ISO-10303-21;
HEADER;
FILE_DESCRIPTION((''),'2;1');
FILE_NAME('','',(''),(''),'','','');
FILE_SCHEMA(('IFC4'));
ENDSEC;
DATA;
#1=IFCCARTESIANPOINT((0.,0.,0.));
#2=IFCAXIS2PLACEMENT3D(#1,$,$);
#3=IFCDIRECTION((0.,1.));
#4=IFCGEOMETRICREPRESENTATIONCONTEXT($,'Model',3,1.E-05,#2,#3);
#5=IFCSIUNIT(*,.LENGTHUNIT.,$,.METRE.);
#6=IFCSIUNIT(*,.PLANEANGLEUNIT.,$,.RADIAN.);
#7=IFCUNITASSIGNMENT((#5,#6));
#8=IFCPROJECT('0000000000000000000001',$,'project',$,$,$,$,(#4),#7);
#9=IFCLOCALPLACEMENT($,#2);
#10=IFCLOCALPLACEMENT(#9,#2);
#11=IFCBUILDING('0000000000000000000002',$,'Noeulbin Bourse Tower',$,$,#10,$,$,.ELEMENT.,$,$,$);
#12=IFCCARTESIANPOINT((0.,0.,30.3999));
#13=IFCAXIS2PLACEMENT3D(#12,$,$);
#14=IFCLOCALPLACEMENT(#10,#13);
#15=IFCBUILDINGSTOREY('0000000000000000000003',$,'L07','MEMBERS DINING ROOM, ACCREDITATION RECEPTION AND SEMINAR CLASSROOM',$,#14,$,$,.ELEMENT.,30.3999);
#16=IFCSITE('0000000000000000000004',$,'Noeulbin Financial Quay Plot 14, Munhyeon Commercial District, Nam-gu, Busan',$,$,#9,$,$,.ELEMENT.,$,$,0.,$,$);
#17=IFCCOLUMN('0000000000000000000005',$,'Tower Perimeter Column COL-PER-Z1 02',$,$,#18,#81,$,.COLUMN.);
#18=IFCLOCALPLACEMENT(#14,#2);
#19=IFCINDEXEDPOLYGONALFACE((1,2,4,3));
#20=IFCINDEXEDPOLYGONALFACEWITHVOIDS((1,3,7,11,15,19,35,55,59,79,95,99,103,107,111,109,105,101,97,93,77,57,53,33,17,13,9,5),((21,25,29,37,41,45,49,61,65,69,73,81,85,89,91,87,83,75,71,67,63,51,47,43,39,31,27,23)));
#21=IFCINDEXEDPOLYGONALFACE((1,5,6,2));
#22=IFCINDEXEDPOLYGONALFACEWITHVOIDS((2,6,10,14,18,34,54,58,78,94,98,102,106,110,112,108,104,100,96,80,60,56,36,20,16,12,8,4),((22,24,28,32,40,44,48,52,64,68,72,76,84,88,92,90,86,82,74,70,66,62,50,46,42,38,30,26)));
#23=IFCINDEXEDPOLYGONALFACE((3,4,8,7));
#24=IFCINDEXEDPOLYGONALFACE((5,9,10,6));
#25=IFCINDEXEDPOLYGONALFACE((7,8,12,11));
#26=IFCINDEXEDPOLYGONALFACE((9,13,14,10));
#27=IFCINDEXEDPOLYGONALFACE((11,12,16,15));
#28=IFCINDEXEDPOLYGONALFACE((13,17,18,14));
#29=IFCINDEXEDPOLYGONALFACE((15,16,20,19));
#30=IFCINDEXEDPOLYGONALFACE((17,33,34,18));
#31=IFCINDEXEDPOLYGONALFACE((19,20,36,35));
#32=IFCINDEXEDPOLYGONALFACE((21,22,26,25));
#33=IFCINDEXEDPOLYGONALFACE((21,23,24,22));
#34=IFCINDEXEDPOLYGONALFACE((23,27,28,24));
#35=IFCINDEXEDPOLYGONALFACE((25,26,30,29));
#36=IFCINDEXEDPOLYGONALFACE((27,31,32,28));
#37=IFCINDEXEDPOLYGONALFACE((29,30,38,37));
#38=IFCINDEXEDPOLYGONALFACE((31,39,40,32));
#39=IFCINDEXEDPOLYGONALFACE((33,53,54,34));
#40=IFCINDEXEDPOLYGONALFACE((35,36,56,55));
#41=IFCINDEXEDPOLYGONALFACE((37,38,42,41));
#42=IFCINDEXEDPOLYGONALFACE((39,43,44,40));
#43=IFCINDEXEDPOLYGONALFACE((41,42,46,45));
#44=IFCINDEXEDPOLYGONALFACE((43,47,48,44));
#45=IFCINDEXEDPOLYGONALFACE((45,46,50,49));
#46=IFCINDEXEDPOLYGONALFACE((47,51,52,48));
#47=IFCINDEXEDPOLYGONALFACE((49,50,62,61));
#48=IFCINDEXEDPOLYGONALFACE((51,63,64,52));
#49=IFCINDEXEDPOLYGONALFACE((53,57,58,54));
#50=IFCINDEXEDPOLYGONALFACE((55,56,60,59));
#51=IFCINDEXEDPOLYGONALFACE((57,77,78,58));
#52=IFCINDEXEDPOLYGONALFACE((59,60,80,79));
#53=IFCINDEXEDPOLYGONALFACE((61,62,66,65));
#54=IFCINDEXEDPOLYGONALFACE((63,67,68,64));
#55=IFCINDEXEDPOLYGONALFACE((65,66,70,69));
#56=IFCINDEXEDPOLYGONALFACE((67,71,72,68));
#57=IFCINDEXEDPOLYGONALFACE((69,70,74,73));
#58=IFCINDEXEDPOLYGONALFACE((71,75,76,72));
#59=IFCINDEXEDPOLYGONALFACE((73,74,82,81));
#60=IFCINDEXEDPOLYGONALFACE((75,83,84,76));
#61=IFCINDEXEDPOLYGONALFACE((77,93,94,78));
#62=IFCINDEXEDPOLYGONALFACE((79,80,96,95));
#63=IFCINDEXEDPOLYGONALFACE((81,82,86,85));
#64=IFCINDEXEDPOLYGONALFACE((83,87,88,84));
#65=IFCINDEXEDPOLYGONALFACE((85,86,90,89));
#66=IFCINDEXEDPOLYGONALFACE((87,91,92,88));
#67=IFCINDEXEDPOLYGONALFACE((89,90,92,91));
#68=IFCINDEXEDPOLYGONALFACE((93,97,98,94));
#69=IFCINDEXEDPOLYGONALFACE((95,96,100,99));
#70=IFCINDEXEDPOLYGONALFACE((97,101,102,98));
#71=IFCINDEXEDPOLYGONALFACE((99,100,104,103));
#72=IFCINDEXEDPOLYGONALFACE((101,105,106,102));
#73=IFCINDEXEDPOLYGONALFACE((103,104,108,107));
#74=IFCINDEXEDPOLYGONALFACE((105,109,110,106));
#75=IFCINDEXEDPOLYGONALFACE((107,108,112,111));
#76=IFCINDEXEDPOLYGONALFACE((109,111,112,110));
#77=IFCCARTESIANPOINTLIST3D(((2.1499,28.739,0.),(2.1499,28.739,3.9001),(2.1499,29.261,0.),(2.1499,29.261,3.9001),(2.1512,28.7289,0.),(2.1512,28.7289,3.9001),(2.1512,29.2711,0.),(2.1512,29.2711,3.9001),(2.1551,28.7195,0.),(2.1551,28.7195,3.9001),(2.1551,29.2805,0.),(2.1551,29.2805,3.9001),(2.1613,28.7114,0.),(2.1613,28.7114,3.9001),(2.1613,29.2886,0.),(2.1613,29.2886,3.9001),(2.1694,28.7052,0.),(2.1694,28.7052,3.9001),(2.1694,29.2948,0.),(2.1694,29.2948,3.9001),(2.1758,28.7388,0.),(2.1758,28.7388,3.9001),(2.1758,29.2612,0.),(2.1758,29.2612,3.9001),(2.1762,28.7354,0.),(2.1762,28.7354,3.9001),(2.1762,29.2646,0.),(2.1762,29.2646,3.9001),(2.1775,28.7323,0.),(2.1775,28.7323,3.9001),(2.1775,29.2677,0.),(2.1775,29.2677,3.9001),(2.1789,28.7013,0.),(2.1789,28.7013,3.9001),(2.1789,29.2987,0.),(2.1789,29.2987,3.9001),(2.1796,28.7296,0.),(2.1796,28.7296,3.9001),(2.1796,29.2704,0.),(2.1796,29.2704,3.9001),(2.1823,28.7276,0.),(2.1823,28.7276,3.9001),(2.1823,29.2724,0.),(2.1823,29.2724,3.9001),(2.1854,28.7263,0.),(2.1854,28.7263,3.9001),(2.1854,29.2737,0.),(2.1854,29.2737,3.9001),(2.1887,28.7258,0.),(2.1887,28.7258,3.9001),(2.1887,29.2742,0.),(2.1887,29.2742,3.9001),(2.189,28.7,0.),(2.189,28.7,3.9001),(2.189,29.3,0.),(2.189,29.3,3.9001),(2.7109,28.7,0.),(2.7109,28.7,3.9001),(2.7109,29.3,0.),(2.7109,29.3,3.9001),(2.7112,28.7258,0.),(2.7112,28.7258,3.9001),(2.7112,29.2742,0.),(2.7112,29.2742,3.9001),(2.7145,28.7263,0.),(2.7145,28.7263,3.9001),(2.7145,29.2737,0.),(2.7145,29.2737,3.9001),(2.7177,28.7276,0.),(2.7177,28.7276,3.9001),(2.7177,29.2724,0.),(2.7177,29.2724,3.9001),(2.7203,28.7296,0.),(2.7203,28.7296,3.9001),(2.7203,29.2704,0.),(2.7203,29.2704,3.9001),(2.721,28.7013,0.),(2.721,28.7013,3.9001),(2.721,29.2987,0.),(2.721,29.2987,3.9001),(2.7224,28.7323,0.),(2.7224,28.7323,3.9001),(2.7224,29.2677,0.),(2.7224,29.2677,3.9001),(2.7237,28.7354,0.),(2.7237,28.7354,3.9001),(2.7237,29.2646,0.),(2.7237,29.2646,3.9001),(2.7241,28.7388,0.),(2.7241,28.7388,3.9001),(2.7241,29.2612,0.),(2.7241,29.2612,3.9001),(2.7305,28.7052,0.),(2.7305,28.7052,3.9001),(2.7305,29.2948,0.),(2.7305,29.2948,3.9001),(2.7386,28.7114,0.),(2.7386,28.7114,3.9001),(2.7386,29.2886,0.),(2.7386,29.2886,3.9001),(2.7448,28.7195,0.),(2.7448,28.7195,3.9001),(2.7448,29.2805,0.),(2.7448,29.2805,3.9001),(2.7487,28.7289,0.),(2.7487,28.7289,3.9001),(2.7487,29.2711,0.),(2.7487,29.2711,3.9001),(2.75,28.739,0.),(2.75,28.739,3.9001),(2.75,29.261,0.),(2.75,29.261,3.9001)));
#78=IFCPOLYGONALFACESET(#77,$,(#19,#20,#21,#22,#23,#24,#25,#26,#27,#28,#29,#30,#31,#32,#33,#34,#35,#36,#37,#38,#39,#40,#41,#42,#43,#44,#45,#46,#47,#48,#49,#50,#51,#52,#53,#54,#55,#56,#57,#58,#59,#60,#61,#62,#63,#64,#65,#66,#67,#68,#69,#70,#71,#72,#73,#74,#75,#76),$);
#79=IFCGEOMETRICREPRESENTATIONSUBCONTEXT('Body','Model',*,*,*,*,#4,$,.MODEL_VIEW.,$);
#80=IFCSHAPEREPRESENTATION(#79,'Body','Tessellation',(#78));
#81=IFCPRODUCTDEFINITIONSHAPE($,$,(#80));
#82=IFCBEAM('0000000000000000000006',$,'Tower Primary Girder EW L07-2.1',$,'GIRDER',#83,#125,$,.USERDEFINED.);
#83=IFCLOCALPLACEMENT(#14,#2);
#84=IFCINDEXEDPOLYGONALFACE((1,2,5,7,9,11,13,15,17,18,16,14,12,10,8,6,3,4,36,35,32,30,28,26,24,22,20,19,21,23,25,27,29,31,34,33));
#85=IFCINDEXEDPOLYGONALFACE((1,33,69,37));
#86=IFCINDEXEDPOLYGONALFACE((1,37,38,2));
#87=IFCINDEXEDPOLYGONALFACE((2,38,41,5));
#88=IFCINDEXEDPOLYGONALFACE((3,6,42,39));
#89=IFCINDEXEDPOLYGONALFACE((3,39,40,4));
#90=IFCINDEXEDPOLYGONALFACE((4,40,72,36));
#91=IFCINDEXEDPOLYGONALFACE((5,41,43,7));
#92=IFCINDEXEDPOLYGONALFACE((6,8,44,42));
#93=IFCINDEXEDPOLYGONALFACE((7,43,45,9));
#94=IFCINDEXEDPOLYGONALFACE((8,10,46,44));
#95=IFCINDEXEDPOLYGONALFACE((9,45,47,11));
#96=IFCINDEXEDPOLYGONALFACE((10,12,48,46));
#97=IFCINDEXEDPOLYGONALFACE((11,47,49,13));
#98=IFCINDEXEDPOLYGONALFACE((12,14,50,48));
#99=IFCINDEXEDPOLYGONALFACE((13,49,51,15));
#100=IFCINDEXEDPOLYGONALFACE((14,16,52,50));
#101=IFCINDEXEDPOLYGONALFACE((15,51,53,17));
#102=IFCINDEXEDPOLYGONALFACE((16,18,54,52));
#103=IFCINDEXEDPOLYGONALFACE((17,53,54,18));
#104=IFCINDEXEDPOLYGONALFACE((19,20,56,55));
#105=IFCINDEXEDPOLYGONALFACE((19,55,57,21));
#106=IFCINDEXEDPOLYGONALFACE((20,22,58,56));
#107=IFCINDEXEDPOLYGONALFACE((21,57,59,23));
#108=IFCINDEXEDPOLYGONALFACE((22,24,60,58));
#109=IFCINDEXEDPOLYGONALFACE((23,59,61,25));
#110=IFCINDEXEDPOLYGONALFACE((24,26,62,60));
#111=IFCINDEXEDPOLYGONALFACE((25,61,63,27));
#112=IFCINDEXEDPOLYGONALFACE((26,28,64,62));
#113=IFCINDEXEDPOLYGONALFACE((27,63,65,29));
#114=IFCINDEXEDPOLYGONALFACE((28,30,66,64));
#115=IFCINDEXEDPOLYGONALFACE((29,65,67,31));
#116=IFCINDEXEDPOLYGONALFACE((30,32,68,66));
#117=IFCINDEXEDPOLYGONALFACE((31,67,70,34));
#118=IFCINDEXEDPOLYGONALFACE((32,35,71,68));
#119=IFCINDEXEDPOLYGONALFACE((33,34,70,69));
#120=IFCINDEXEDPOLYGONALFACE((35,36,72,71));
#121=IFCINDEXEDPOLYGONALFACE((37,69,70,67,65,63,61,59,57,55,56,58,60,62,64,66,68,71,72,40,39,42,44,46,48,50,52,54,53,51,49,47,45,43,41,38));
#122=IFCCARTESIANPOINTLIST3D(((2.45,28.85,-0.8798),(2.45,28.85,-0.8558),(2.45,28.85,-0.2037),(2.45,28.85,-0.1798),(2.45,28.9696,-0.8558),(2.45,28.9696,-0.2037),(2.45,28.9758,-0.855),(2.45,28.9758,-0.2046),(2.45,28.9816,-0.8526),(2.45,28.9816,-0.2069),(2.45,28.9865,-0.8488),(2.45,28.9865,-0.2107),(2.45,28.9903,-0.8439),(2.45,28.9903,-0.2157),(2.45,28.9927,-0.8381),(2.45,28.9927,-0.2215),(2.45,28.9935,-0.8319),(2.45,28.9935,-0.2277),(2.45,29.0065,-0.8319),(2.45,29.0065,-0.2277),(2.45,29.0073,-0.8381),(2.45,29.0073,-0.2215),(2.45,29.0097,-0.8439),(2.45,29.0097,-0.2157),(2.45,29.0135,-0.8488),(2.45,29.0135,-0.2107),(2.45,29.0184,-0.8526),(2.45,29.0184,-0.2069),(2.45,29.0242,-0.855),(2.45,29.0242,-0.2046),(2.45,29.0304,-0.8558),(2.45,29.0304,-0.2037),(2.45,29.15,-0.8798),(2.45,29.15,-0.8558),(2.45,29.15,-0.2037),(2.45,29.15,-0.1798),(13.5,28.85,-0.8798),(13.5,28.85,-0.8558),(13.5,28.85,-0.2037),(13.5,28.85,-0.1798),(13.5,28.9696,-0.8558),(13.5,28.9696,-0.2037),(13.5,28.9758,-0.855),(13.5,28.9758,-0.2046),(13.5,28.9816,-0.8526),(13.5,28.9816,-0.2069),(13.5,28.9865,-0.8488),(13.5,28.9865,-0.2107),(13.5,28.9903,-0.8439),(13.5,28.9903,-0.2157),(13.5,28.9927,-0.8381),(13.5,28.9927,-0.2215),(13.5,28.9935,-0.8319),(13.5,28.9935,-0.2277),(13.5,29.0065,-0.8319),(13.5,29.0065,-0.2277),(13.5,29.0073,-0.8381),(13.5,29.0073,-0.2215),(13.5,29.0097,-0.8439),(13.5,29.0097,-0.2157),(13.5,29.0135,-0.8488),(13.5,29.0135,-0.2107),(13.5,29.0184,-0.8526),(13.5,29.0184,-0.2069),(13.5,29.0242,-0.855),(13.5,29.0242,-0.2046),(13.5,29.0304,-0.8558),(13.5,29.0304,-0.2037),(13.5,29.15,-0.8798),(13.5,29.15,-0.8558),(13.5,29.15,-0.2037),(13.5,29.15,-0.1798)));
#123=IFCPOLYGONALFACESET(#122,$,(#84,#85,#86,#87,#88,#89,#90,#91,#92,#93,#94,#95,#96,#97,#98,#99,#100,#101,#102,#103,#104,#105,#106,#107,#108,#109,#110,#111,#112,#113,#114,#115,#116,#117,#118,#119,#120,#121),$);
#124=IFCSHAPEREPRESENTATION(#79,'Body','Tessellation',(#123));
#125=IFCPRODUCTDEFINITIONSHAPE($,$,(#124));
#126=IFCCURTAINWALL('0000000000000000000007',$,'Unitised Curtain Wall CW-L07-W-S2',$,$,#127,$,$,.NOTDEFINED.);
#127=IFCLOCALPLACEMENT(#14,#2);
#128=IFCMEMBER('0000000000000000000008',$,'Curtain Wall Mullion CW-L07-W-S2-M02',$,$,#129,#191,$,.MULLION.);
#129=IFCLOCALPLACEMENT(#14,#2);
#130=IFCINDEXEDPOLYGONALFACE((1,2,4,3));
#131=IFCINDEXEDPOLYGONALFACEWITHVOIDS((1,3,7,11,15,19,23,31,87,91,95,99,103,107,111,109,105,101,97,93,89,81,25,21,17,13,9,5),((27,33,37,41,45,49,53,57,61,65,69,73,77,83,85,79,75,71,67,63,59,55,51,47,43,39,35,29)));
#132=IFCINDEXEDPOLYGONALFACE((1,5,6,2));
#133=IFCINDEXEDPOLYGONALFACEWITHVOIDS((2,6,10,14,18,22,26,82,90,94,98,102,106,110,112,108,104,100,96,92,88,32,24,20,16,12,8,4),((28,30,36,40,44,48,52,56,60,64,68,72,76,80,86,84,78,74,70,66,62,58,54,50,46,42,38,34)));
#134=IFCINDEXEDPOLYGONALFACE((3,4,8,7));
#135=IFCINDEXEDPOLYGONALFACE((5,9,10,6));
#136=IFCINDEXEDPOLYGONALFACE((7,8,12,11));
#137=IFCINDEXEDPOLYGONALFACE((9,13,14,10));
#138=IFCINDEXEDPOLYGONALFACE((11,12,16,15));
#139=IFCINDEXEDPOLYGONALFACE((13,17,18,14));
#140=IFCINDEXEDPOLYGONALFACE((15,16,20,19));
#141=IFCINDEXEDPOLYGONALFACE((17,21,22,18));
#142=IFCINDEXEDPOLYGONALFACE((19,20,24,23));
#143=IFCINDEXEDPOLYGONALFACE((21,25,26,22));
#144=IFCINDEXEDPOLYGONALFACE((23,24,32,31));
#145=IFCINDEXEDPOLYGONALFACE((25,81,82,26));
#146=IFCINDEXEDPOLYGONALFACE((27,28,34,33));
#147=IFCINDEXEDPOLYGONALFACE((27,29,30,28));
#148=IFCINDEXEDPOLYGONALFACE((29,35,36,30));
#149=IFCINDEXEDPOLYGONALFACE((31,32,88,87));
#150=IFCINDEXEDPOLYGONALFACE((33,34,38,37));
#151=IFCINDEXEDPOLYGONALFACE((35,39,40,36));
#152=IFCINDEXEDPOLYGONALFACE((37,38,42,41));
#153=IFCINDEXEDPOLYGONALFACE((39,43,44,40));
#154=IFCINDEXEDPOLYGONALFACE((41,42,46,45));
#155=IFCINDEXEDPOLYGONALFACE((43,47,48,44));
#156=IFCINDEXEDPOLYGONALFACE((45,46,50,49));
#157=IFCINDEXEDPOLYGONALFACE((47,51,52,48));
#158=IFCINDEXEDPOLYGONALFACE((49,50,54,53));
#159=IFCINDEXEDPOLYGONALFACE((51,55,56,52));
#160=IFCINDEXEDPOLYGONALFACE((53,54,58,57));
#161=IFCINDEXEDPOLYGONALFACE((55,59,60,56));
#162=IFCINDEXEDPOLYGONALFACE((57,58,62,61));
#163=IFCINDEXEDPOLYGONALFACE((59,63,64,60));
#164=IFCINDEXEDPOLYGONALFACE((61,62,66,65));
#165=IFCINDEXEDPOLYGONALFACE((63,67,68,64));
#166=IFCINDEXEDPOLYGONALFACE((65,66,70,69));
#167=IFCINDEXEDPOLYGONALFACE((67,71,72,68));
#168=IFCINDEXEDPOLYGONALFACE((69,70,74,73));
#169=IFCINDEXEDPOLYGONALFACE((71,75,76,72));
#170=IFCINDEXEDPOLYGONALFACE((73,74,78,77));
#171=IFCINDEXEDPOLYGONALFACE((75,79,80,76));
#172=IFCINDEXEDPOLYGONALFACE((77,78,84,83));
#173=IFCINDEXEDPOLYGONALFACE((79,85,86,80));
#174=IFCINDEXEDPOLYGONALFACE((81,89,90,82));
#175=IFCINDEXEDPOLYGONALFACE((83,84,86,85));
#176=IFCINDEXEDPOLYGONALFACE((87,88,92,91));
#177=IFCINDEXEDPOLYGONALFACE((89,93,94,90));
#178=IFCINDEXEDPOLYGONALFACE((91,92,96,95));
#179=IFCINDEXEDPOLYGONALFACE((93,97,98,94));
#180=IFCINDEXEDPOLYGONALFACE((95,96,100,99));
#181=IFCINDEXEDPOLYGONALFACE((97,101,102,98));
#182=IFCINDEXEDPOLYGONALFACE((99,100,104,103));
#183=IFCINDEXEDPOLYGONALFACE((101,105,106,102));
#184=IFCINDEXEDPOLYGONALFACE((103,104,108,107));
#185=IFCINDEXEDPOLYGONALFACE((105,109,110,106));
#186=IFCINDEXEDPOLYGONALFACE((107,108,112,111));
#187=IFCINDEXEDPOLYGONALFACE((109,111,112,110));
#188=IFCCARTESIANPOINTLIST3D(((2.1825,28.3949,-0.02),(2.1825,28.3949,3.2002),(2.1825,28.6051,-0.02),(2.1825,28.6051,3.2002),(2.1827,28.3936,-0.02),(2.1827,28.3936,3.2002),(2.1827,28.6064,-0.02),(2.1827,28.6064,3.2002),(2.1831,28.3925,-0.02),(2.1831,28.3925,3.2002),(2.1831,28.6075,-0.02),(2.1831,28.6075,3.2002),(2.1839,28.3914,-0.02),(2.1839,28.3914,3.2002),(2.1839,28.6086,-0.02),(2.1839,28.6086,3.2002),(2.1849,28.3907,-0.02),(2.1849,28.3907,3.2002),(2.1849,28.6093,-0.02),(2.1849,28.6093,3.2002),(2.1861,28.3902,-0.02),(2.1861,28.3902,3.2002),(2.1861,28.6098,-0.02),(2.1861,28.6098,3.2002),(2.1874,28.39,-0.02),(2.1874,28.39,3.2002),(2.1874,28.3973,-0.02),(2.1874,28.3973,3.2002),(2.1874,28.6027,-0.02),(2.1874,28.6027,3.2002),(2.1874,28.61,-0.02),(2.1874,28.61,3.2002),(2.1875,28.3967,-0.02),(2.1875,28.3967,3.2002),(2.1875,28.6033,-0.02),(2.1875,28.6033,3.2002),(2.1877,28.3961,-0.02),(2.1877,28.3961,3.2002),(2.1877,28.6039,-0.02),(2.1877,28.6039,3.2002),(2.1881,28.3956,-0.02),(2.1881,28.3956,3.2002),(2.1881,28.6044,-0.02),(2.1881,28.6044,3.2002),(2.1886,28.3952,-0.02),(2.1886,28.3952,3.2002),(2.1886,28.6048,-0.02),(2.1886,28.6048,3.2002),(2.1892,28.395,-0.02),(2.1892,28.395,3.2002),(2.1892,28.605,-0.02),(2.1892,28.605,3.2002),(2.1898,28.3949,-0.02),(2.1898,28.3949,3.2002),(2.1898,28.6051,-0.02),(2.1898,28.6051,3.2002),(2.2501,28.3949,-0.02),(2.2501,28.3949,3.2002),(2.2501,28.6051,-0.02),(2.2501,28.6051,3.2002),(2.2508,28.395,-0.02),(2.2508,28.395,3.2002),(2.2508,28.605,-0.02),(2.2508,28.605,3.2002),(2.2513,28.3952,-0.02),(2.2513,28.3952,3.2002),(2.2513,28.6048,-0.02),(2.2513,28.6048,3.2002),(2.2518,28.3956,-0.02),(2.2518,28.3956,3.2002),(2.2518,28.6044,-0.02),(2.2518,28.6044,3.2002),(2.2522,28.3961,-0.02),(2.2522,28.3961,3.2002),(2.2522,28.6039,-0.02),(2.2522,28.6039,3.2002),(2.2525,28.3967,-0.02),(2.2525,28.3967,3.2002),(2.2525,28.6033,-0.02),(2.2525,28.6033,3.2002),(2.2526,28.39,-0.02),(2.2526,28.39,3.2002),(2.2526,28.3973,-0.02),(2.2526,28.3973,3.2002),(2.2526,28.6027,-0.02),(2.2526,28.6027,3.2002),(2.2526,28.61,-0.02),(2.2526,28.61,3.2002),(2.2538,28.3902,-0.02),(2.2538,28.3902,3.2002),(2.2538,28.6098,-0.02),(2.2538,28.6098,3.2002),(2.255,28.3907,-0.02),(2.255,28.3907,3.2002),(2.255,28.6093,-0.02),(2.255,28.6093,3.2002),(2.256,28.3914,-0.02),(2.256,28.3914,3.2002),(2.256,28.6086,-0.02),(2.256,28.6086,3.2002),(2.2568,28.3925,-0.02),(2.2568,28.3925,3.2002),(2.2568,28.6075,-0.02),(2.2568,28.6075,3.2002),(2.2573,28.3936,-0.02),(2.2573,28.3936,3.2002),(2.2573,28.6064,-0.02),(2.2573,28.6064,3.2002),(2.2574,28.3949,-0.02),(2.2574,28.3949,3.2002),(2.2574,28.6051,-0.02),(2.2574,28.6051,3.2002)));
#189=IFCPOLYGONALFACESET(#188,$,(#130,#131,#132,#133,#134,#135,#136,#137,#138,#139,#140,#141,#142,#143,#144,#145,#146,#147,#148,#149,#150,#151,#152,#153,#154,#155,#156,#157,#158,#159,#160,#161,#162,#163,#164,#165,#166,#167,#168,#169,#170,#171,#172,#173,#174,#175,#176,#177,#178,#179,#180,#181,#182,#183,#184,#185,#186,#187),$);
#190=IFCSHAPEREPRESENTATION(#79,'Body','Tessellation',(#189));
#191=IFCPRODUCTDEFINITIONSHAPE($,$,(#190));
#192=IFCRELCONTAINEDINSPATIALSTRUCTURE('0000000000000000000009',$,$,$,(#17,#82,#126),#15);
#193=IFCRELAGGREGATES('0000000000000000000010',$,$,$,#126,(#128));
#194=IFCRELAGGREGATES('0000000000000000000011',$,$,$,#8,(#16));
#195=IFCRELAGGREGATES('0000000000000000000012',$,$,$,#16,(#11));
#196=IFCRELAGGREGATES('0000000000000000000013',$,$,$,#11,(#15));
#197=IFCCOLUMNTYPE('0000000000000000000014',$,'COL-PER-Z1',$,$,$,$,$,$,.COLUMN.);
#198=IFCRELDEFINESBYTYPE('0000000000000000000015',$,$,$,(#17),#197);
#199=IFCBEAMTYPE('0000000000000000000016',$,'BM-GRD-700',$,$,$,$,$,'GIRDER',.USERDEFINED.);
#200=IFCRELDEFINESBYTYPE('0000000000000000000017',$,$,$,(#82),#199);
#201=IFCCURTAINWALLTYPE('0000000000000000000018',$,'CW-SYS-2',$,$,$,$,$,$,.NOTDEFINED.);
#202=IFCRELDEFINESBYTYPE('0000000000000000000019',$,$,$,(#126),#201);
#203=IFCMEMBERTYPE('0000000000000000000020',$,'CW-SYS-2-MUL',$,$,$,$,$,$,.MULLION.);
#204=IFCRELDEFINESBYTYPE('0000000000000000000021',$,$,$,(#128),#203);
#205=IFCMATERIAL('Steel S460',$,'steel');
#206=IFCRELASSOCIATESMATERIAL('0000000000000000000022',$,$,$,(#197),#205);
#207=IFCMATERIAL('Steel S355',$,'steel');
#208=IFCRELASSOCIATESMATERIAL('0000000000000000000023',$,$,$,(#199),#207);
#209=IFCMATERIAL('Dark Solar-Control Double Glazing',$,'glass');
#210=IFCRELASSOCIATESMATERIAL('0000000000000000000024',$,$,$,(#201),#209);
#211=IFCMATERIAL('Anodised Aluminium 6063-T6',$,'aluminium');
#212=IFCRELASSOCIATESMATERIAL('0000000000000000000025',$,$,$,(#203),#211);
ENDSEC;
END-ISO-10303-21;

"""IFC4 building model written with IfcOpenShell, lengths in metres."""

from ifc_helpers import new_model, si_unit, direction, frame, origin, origin_2d, place, context, subcontext, project, spatial, hollow_rectangle, i_section, extrude, material, material_profile, profile_set, type_object, element, aggregate, save


model = new_model("IFC4")

# Units and contexts
model_context = context("Model", 3, precision=1e-05, world=origin(), true_north=direction((0.0, 1.0)))
body_context = subcontext(model_context, "Body", "Model", "MODEL_VIEW")
ifc_project = project(units=[si_unit("LENGTHUNIT", "METRE"), si_unit("PLANEANGLEUNIT", "RADIAN")], contexts=[model_context])

# Site, building, storey
site_placement = place(None, origin())
site = spatial("IfcSite", under=ifc_project, at=site_placement, Name="Noeulbin Financial Quay Plot 14, Munhyeon Commercial District, Nam-gu, Busan", CompositionType="ELEMENT", RefElevation=0.0)
building_placement = place(site_placement, origin())
building = spatial("IfcBuilding", under=site, at=building_placement, Name="Noeulbin Bourse Tower", CompositionType="ELEMENT")
storey_placement = place(building_placement, frame((0.0, 0.0, 30.3999)))
storey = spatial("IfcBuildingStorey", under=building, at=storey_placement, Name="L07", Description="MEMBERS DINING ROOM, ACCREDITATION RECEPTION AND SEMINAR CLASSROOM", CompositionType="ELEMENT", Elevation=30.3999)

# Column
ifc_material_1 = material(Name="Steel S460", Category="steel")
ifc_material_profile_1 = material_profile(ifc_material_1, hollow_rectangle(XDim=0.6001, YDim=0.6001, WallThickness=0.0259, InnerFilletRadius=0.0129, OuterFilletRadius=0.0391, at=origin_2d()), Name="BOX-600x600x26", Category="LoadBearing")
ifc_profile_set_1 = profile_set([ifc_material_profile_1], Name="Steel S460")
column_type = type_object("IfcColumnType", Name="COL-PER-Z1", PredefinedType="COLUMN", material=ifc_profile_set_1)
column_placement = place(storey_placement, frame((2.45, 29.0, 0.0), z_axis=(0.0, 0.0, 1.0), x_axis=(1.0, 0.0, 0.0)))
element("IfcColumn", 1, at=column_placement, inside=storey, type_object=column_type, Name="Tower Perimeter Column COL-PER-Z1 02", PredefinedType="COLUMN", context=body_context, shape_type="SweptSolid", body=[
    extrude(hollow_rectangle(XDim=0.6001, YDim=0.6001, WallThickness=0.0259, InnerFilletRadius=0.0129, OuterFilletRadius=0.0391, at=origin_2d()), origin(), (0.0, 0.0, 1.0), 3.9001),
])

# Beam
ifc_material_2 = material(Name="Steel S355", Category="steel")
ifc_material_profile_2 = material_profile(ifc_material_2, i_section(OverallWidth=0.3, OverallDepth=0.7, WebThickness=0.0129, FlangeThickness=0.0239, FilletRadius=0.0239, at=origin_2d()), Name="H-700x300x13x24", Category="LoadBearing")
ifc_profile_set_2 = profile_set([ifc_material_profile_2], Name="Steel S355")
beam_type = type_object("IfcBeamType", Name="BM-GRD-700", ElementType="GIRDER", PredefinedType="USERDEFINED", material=ifc_profile_set_2)
beam_placement = place(storey_placement, frame((2.45, 29.0, -0.5298), z_axis=(1.0, 0.0, 0.0), x_axis=(0.0, 1.0, 0.0)))
element("IfcBeam", 2, at=beam_placement, inside=storey, type_object=beam_type, Name="Tower Primary Girder EW L07-2.1", ObjectType="GIRDER", PredefinedType="USERDEFINED", context=body_context, shape_type="SweptSolid", body=[
    extrude(i_section(OverallWidth=0.3, OverallDepth=0.7, WebThickness=0.0129, FlangeThickness=0.0239, FilletRadius=0.0239, at=origin_2d()), origin(), (0.0, 0.0, 1.0), 11.05),
])

# Curtain wall, member
ifc_material_3 = material(Name="Dark Solar-Control Double Glazing", Category="glass")
curtain_wall_type = type_object("IfcCurtainWallType", Name="CW-SYS-2", PredefinedType="NOTDEFINED", material=ifc_material_3)
curtain_wall_1_placement = place(storey_placement, origin())
curtain_wall_1 = element("IfcCurtainWall", 3, at=curtain_wall_1_placement, inside=storey, type_object=curtain_wall_type, Name="Unitised Curtain Wall CW-L07-W-S2", PredefinedType="NOTDEFINED")
ifc_material_4 = material(Name="Anodised Aluminium 6063-T6", Category="aluminium")
ifc_material_profile_3 = material_profile(ifc_material_4, hollow_rectangle(XDim=0.075, YDim=0.22, WallThickness=0.0049, InnerFilletRadius=0.0024, OuterFilletRadius=0.0049, at=origin_2d()), Name="ALU-MULL-75x220x5", Category="LoadBearing")
ifc_profile_set_3 = profile_set([ifc_material_profile_3], Name="Anodised Aluminium 6063-T6")
member_type_1 = type_object("IfcMemberType", Name="CW-SYS-2-MUL", PredefinedType="MULLION", material=ifc_profile_set_3)
member_1_placement = place(storey_placement, frame((2.22, 28.5, -0.02), z_axis=(0.0, 0.0, 1.0), x_axis=(1.0, 0.0, 0.0)))
member_1 = element("IfcMember", 4, at=member_1_placement, type_object=member_type_1, Name="Curtain Wall Mullion CW-L07-W-S2-M02", PredefinedType="MULLION", context=body_context, shape_type="SweptSolid", body=[
    extrude(hollow_rectangle(XDim=0.075, YDim=0.22, WallThickness=0.0049, InnerFilletRadius=0.0024, OuterFilletRadius=0.0049, at=origin_2d()), origin(), (0.0, 0.0, 1.0), 3.2202),
])
aggregate(curtain_wall_1, [member_1])

save(model, "model.ifc")
